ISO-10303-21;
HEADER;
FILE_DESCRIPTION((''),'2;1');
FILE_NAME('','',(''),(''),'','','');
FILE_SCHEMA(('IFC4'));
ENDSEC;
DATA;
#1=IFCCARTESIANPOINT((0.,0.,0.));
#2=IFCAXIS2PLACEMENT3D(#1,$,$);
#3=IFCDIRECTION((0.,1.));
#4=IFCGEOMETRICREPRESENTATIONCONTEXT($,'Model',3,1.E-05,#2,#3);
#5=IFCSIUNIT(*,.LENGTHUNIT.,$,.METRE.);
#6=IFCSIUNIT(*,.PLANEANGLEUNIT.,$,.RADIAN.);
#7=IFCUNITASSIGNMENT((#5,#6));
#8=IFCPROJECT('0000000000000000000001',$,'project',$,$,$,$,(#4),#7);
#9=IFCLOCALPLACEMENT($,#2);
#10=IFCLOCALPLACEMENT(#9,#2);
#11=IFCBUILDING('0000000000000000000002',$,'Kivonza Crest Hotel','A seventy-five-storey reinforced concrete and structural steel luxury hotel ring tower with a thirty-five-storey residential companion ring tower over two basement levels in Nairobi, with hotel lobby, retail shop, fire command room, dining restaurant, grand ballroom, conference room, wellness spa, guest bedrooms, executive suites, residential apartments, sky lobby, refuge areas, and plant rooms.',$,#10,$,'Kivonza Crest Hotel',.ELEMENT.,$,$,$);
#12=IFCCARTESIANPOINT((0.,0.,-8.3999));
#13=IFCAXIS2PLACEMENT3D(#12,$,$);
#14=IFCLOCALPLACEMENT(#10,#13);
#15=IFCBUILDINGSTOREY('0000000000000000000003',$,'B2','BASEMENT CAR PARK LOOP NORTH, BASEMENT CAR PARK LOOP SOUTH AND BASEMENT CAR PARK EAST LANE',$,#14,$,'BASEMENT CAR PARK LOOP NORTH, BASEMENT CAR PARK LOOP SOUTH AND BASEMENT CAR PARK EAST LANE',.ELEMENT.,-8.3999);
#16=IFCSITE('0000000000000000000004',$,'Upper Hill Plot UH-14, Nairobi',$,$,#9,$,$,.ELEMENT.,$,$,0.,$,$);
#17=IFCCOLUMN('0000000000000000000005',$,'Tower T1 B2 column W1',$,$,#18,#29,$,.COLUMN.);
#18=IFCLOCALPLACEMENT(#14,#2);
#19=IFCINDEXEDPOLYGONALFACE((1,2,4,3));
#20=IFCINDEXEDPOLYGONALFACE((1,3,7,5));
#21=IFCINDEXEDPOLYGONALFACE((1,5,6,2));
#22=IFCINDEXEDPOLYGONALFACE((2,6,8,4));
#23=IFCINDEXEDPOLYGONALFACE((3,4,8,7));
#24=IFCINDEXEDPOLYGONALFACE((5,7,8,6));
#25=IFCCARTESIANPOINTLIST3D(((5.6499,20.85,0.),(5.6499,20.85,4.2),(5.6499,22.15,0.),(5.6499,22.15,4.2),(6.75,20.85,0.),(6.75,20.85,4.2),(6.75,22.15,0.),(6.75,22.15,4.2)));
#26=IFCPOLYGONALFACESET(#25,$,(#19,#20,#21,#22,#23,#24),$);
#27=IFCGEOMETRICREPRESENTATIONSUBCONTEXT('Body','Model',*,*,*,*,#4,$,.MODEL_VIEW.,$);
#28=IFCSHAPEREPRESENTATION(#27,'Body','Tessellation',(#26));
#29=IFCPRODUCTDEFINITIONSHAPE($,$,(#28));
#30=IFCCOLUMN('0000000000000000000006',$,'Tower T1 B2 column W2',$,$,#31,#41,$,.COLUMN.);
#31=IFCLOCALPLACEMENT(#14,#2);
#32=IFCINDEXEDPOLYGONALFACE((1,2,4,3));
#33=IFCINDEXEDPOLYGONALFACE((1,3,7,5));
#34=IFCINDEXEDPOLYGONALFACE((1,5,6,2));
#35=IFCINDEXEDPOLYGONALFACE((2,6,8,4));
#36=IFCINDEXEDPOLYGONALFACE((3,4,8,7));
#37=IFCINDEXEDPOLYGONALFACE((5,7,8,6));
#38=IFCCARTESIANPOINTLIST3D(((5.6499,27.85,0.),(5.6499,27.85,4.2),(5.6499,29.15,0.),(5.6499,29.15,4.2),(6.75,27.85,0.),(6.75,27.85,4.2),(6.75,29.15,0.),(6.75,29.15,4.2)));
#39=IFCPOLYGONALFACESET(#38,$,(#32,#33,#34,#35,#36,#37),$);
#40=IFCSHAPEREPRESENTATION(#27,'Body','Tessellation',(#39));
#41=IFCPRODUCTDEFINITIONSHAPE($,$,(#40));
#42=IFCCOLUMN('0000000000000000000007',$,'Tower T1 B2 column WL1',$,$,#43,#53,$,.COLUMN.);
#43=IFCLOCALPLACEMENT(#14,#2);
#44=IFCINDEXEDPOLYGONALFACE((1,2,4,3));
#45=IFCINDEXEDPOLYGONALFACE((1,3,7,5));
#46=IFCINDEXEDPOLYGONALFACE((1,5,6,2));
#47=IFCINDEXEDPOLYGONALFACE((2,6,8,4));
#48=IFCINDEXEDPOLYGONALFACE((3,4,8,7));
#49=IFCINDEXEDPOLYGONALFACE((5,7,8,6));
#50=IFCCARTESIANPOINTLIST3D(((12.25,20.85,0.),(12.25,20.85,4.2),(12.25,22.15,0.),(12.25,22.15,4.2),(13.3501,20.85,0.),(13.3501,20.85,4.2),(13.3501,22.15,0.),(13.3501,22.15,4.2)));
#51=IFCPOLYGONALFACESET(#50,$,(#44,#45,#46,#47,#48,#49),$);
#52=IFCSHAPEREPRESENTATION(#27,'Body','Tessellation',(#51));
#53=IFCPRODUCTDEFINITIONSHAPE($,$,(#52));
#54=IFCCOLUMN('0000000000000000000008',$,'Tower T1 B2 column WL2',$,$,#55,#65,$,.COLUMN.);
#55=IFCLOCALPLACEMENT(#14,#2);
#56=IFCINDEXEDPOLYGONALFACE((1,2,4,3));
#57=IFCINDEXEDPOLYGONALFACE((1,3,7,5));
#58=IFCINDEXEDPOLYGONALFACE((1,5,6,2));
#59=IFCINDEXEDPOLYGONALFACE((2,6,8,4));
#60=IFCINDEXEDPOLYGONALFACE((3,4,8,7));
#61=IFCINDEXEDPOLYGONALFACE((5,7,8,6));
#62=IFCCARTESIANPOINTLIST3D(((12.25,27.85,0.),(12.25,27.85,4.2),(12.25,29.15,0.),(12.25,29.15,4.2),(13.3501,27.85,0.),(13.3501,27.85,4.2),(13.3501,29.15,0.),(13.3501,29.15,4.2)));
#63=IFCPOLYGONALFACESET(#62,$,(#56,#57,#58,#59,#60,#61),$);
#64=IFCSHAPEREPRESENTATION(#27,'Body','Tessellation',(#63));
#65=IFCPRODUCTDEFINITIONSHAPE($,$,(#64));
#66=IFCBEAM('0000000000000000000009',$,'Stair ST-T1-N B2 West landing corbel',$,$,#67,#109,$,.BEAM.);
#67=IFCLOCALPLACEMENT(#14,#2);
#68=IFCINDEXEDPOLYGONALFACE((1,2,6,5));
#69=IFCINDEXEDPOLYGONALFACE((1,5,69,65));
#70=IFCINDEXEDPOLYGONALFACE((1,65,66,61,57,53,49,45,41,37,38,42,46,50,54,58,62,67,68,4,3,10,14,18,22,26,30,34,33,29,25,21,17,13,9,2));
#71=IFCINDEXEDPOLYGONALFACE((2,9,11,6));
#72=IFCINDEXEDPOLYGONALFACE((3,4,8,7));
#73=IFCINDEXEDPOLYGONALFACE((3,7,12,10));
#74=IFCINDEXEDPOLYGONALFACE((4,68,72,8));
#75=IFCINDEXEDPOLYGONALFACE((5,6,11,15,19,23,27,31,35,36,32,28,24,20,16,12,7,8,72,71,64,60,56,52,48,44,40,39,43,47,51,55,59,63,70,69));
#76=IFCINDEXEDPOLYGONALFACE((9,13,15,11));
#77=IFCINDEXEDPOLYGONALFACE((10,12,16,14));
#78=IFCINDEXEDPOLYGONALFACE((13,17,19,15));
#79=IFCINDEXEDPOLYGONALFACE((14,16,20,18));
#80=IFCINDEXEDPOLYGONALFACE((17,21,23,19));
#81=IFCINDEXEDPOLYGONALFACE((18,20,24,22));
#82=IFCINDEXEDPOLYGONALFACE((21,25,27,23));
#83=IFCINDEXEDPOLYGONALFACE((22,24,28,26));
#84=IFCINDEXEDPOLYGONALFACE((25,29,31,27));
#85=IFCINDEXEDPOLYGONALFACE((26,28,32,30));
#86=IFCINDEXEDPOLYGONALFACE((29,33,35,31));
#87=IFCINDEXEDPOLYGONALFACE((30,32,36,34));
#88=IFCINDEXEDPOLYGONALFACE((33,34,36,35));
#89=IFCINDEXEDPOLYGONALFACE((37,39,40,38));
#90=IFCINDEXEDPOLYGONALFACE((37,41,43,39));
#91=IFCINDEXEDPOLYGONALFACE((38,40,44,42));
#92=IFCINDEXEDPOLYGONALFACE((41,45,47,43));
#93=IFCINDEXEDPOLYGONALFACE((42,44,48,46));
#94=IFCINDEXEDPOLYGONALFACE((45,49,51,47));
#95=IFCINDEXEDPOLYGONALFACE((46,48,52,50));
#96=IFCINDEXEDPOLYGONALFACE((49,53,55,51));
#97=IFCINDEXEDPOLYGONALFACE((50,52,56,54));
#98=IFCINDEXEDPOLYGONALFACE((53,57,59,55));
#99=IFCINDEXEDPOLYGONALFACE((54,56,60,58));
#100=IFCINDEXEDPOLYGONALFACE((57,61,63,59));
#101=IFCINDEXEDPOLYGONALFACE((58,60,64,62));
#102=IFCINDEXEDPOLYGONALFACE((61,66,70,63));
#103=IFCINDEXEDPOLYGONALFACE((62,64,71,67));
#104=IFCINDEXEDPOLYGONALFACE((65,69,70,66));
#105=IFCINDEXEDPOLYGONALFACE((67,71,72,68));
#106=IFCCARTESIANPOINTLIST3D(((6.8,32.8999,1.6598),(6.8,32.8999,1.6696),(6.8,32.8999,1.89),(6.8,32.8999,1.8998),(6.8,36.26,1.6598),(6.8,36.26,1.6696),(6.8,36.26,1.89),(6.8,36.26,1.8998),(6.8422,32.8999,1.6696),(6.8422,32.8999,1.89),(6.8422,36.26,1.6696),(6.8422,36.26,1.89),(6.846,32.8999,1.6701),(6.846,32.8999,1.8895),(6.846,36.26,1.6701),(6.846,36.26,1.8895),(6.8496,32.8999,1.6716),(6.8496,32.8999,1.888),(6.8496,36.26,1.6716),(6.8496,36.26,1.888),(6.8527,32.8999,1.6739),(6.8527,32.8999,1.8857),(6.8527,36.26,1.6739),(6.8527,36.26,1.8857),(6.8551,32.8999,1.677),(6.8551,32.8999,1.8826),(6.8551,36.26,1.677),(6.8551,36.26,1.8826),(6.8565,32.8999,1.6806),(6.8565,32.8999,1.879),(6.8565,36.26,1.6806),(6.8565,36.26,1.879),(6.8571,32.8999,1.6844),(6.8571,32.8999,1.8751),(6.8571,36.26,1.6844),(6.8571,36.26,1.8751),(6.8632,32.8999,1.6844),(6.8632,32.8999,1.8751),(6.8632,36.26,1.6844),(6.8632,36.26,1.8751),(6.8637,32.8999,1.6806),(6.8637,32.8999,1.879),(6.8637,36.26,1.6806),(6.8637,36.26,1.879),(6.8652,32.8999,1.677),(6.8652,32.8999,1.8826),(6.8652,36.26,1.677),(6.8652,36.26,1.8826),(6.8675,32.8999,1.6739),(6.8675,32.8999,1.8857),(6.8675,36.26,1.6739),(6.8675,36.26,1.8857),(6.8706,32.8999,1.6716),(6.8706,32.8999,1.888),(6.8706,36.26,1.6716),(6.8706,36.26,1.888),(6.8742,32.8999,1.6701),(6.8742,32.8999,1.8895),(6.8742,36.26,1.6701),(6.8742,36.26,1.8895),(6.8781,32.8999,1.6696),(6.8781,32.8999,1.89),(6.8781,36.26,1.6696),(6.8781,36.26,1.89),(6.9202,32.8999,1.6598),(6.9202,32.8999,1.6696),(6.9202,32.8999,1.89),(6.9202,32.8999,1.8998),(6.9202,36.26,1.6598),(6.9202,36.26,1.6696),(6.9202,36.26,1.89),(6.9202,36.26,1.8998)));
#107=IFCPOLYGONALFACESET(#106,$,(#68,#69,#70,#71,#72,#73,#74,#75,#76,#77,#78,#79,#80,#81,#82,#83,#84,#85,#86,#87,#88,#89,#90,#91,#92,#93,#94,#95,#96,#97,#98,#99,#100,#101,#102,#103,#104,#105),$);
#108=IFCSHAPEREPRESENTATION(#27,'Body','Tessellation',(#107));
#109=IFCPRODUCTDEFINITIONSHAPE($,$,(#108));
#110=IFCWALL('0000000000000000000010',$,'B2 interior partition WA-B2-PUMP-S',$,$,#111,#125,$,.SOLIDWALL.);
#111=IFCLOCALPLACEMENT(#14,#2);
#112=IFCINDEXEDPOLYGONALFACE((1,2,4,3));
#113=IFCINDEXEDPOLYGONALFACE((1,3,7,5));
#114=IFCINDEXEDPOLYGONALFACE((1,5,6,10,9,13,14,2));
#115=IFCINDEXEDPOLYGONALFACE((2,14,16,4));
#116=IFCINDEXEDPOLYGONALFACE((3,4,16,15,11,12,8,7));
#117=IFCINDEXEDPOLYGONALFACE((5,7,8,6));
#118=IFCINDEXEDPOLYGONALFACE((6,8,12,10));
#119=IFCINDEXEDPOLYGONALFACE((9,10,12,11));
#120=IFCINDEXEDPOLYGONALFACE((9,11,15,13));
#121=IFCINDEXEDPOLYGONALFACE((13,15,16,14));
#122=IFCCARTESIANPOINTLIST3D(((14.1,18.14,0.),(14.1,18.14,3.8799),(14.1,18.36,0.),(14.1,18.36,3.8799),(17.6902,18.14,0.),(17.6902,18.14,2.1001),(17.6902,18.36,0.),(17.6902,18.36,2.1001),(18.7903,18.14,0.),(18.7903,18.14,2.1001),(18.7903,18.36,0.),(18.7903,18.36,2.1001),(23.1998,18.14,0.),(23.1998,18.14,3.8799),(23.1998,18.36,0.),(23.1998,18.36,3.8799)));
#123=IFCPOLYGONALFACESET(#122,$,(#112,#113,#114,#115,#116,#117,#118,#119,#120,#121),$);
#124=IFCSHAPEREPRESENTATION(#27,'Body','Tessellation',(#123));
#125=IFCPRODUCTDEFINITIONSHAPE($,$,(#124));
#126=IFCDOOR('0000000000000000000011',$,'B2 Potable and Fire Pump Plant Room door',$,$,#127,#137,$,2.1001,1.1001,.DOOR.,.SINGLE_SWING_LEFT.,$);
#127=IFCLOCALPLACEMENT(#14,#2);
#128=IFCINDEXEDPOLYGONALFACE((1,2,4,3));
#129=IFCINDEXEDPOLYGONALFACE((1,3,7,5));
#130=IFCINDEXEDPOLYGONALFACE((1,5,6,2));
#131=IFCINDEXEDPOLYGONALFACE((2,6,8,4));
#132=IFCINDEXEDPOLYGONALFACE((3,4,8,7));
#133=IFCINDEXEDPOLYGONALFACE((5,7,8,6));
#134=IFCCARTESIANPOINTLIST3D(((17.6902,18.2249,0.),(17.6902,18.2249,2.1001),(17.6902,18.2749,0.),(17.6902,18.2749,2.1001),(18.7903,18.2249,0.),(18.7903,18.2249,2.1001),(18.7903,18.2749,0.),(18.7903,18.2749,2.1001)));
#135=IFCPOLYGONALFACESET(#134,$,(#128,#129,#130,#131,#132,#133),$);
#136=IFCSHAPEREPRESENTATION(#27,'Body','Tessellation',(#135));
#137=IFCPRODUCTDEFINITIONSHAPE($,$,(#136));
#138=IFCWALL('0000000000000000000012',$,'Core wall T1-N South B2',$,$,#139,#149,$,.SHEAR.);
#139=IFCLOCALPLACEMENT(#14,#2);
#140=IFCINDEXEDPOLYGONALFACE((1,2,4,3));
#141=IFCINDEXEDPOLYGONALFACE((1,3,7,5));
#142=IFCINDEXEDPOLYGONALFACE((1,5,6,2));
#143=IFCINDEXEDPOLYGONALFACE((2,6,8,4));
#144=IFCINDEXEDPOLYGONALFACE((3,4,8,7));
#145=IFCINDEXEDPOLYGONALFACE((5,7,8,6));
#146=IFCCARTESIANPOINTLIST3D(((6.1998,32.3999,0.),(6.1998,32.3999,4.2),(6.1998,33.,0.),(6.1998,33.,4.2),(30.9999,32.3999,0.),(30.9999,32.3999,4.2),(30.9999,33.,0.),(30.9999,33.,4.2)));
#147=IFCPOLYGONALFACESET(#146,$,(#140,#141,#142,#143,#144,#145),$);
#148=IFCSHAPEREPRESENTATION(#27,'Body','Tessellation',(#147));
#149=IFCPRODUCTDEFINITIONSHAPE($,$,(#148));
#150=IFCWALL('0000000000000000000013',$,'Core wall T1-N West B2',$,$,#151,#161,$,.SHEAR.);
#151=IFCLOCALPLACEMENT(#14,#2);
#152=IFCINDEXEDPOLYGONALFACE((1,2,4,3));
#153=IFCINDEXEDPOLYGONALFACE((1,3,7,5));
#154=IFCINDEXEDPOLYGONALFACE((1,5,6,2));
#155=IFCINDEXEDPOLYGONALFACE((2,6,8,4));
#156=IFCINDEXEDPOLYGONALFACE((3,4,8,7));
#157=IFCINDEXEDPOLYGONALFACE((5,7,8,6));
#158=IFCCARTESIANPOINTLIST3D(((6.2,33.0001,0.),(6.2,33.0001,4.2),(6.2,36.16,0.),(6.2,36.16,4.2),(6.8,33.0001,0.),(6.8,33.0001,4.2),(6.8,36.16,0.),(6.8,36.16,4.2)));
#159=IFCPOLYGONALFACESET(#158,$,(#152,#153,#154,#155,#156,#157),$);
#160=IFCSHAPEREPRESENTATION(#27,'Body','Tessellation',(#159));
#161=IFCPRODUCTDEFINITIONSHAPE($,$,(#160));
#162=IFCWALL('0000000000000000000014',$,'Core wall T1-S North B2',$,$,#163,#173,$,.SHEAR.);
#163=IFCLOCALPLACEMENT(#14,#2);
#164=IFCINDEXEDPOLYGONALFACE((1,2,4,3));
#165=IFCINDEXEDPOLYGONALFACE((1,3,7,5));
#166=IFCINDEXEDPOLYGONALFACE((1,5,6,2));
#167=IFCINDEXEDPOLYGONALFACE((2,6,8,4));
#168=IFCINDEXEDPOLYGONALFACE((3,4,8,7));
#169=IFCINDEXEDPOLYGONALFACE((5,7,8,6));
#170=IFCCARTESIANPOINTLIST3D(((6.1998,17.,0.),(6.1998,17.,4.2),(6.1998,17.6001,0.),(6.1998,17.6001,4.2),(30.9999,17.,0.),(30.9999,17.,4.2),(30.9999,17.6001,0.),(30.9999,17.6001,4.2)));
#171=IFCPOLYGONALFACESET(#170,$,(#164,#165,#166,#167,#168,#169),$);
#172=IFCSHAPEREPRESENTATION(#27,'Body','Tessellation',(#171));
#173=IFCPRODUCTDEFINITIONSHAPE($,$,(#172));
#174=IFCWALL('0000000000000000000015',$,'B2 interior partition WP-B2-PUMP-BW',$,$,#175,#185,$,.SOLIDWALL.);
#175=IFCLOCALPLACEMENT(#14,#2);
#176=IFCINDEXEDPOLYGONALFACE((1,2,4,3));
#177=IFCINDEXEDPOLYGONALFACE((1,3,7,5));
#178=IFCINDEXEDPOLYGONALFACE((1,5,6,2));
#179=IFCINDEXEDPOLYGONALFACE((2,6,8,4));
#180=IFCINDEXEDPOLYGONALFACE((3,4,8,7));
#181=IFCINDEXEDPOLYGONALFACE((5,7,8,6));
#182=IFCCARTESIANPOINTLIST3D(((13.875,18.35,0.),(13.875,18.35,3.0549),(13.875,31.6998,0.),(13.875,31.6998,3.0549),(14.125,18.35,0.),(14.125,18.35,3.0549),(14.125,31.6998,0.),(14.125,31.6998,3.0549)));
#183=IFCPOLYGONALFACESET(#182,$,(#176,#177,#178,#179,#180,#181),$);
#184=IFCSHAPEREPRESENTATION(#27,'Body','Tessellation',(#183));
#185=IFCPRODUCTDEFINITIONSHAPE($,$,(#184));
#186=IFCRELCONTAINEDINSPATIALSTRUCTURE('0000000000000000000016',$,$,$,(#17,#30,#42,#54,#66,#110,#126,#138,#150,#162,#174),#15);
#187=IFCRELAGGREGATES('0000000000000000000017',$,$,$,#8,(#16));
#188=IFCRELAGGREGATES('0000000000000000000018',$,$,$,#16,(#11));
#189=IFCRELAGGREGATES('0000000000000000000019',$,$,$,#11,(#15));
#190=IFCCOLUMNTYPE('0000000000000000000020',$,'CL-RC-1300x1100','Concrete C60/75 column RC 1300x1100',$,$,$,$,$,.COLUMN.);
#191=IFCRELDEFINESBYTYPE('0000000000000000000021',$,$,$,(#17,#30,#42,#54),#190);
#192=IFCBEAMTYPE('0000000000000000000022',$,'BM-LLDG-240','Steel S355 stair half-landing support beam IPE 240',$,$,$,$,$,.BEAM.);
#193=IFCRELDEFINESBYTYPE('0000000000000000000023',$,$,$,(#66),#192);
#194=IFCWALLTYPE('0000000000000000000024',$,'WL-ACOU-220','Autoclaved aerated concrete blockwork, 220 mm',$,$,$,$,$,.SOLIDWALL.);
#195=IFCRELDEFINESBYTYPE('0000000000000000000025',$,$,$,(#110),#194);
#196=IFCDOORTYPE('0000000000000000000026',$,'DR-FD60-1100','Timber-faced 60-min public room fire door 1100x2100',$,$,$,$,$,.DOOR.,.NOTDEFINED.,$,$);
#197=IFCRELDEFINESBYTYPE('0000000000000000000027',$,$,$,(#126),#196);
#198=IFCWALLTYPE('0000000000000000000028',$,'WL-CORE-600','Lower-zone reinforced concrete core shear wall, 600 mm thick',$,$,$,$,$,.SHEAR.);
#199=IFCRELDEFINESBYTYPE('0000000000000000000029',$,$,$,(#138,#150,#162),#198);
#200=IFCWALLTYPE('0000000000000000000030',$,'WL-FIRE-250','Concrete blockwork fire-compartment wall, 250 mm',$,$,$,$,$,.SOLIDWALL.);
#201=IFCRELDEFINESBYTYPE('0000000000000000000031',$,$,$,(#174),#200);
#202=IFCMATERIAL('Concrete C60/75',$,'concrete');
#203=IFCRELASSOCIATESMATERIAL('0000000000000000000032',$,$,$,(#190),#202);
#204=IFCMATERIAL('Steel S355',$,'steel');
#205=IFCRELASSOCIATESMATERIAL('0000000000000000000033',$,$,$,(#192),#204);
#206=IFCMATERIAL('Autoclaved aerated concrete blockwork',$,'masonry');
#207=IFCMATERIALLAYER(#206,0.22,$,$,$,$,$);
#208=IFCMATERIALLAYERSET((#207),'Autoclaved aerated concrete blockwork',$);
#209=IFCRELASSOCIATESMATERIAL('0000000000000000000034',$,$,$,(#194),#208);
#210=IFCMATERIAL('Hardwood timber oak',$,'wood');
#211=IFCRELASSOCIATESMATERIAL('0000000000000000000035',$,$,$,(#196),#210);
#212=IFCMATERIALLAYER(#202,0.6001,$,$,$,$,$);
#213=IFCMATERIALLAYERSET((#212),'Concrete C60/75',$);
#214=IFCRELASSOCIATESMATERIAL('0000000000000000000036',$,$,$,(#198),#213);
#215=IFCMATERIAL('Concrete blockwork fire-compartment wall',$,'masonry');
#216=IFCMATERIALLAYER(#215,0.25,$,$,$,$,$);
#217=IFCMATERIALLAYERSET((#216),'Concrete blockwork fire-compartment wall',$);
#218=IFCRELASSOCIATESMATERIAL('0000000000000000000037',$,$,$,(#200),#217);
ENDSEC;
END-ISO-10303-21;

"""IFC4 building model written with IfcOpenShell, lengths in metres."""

from ifc_helpers import new_model, si_unit, direction, frame, frame_2d, origin, origin_2d, place, context, subcontext, project, spatial, rectangle, i_section, extrude, material, layer, layer_set, material_profile, profile_set, type_object, element, fill, save


model = new_model("IFC4")

# Units and contexts
model_context = context("Model", 3, precision=1e-05, world=origin(), true_north=direction((0.0, 1.0)))
body_context = subcontext(model_context, "Body", "Model", "MODEL_VIEW")
ifc_project = project(units=[si_unit("LENGTHUNIT", "METRE"), si_unit("PLANEANGLEUNIT", "RADIAN")], contexts=[model_context])

# Site, building, storey
site_placement = place(None, origin())
site = spatial("IfcSite", under=ifc_project, at=site_placement, Name="Upper Hill Plot UH-14, Nairobi", CompositionType="ELEMENT", RefElevation=0.0)
building_placement = place(site_placement, origin())
building = spatial("IfcBuilding", under=site, at=building_placement, Name="Kivonza Crest Hotel", Description="A seventy-five-storey reinforced concrete and structural steel luxury hotel ring tower with a thirty-five-storey residential companion ring tower over two basement levels in Nairobi, with hotel lobby, retail shop, fire command room, dining restaurant, grand ballroom, conference room, wellness spa, guest bedrooms, executive suites, residential apartments, sky lobby, refuge areas, and plant rooms.", LongName="Kivonza Crest Hotel", CompositionType="ELEMENT")
storey_placement = place(building_placement, frame((0.0, 0.0, -8.3999)))
storey = spatial("IfcBuildingStorey", under=building, at=storey_placement, Name="B2", Description="BASEMENT CAR PARK LOOP NORTH, BASEMENT CAR PARK LOOP SOUTH AND BASEMENT CAR PARK EAST LANE", LongName="BASEMENT CAR PARK LOOP NORTH, BASEMENT CAR PARK LOOP SOUTH AND BASEMENT CAR PARK EAST LANE", CompositionType="ELEMENT", Elevation=-8.3999)

# Columns
ifc_material_1 = material(Name="Concrete C60/75", Category="concrete")
ifc_material_profile_1 = material_profile(ifc_material_1, rectangle(XDim=1.1001, YDim=1.3, at=origin_2d()), Name="RC 1300x1100")
ifc_profile_set_1 = profile_set([ifc_material_profile_1], Name="Concrete C60/75")
column_type_1 = type_object("IfcColumnType", Name="CL-RC-1300x1100", Description="Concrete C60/75 column RC 1300x1100", PredefinedType="COLUMN", material=ifc_profile_set_1)
for number, where, z_axis, x_axis, name in (
    (1, (6.2, 21.5, 0.0), (0.0, 0.0, 1.0), (1.0, 0.0, 0.0), "Tower T1 B2 column W1"),
    (2, (6.2, 28.5, 0.0), (0.0, 0.0, 1.0), (1.0, 0.0, 0.0), "Tower T1 B2 column W2"),
    (3, (12.8, 21.5, 0.0), (0.0, 0.0, 1.0), (1.0, 0.0, 0.0), "Tower T1 B2 column WL1"),
    (4, (12.8, 28.5, 0.0), (0.0, 0.0, 1.0), (1.0, 0.0, 0.0), "Tower T1 B2 column WL2"),
):
    element("IfcColumn", number, at=place(storey_placement, frame(where, z_axis=z_axis, x_axis=x_axis)), inside=storey, type_object=column_type_1, Name=name, PredefinedType="COLUMN", context=body_context, shape_type="SweptSolid", body=[
        extrude(rectangle(XDim=1.1001, YDim=1.3, at=origin_2d()), origin(), (0.0, 0.0, 1.0), 4.2),
    ])

# Beam
ifc_material_2 = material(Name="Steel S355", Category="steel")
ifc_material_profile_2 = material_profile(ifc_material_2, i_section(OverallWidth=0.1201, OverallDepth=0.24, WebThickness=0.0061, FlangeThickness=0.0098, FilletRadius=0.0149, at=origin_2d()), Name="IPE 240")
ifc_profile_set_2 = profile_set([ifc_material_profile_2], Name="Steel S355")
beam_type = type_object("IfcBeamType", Name="BM-LLDG-240", Description="Steel S355 stair half-landing support beam IPE 240", PredefinedType="BEAM", material=ifc_profile_set_2)
beam_placement = place(storey_placement, frame((6.8601, 32.8999, 1.7798), z_axis=(0.0, 1.0, 0.0), x_axis=(-1.0, 0.0, 0.0)))
element("IfcBeam", 5, at=beam_placement, inside=storey, type_object=beam_type, Name="Stair ST-T1-N B2 West landing corbel", PredefinedType="BEAM", context=body_context, shape_type="SweptSolid", body=[
    extrude(i_section(OverallWidth=0.1201, OverallDepth=0.24, WebThickness=0.0061, FlangeThickness=0.0098, FilletRadius=0.0149, at=origin_2d()), origin(), (0.0, 0.0, 1.0), 3.3601),
])

# Wall, opening, door
ifc_material_3 = material(Name="Autoclaved aerated concrete blockwork", Category="masonry")
ifc_layer_1 = layer(ifc_material_3, 0.22)
ifc_layer_set_1 = layer_set([ifc_layer_1], Name="Autoclaved aerated concrete blockwork")
wall_type_1 = type_object("IfcWallType", Name="WL-ACOU-220", Description="Autoclaved aerated concrete blockwork, 220 mm", PredefinedType="SOLIDWALL", material=ifc_layer_set_1)
wall_1_placement = place(storey_placement, frame((14.1001, 18.25, 0.0), z_axis=(0.0, 0.0, 1.0), x_axis=(1.0, 0.0, 0.0)))
wall_1 = element("IfcWall", 6, at=wall_1_placement, inside=storey, type_object=wall_type_1, Name="B2 interior partition WA-B2-PUMP-S", PredefinedType="SOLIDWALL", context=body_context, shape_type="SweptSolid", body=[
    extrude(rectangle(XDim=9.0999, YDim=0.22, at=frame_2d((4.5498, 0.0))), origin(), (0.0, 0.0, 1.0), 3.8799),
])
opening_placement = place(wall_1_placement, frame((3.5901, 0.0, 0.0)))
opening = element("IfcOpeningElement", 7, at=opening_placement, cuts=wall_1, PredefinedType="OPENING", context=body_context, shape_type="SweptSolid", body=[
    extrude(rectangle(XDim=1.1001, YDim=2.1001, at=frame_2d((0.55, 1.05))), frame((0.0, 0.1201, 0.0), z_axis=(0.0, -1.0, 0.0), x_axis=(1.0, 0.0, 0.0)), (0.0, 0.0, 1.0), 0.24),
])
ifc_material_4 = material(Name="Hardwood timber oak", Category="wood")
door_type = type_object("IfcDoorType", Name="DR-FD60-1100", Description="Timber-faced 60-min public room fire door 1100x2100", OperationType="NOTDEFINED", PredefinedType="DOOR", material=ifc_material_4)
door_placement = place(opening_placement, origin())
door = element("IfcDoor", 8, at=door_placement, inside=storey, type_object=door_type, Name="B2 Potable and Fire Pump Plant Room door", OperationType="SINGLE_SWING_LEFT", OverallHeight=2.1001, OverallWidth=1.1001, PredefinedType="DOOR", context=body_context, shape_type="SweptSolid", body=[
    extrude(rectangle(XDim=1.1001, YDim=2.1001, at=frame_2d((0.55, 1.05))), frame((0.0, 0.0249, 0.0), z_axis=(0.0, -1.0, 0.0), x_axis=(1.0, 0.0, 0.0)), (0.0, 0.0, 1.0), 0.05),
])
fill(opening, door)

# Walls
ifc_layer_2 = layer(ifc_material_1, 0.6001)
ifc_layer_set_2 = layer_set([ifc_layer_2], Name="Concrete C60/75")
wall_type_2 = type_object("IfcWallType", Name="WL-CORE-600", Description="Lower-zone reinforced concrete core shear wall, 600 mm thick", PredefinedType="SHEAR", material=ifc_layer_set_2)
wall_2_placement = place(storey_placement, frame((6.2, 32.7, 0.0), z_axis=(0.0, 0.0, 1.0), x_axis=(1.0, 0.0, 0.0)))
element("IfcWall", 9, at=wall_2_placement, inside=storey, type_object=wall_type_2, Name="Core wall T1-N South B2", PredefinedType="SHEAR", context=body_context, shape_type="SweptSolid", body=[
    extrude(rectangle(XDim=24.8, YDim=0.6001, at=frame_2d((12.3999, 0.0))), origin(), (0.0, 0.0, 1.0), 4.2),
])
wall_3_placement = place(storey_placement, frame((6.5, 33.0, 0.0), z_axis=(0.0, 0.0, 1.0), x_axis=(0.0, 1.0, 0.0)))
element("IfcWall", 10, at=wall_3_placement, inside=storey, type_object=wall_type_2, Name="Core wall T1-N West B2", PredefinedType="SHEAR", context=body_context, shape_type="SweptSolid", body=[
    extrude(rectangle(XDim=3.1599, YDim=0.6001, at=frame_2d((1.5801, 0.0))), origin(), (0.0, 0.0, 1.0), 4.2),
])
wall_4_placement = place(storey_placement, frame((6.2, 17.3, 0.0), z_axis=(0.0, 0.0, 1.0), x_axis=(1.0, 0.0, 0.0)))
element("IfcWall", 11, at=wall_4_placement, inside=storey, type_object=wall_type_2, Name="Core wall T1-S North B2", PredefinedType="SHEAR", context=body_context, shape_type="SweptSolid", body=[
    extrude(rectangle(XDim=24.8, YDim=0.6001, at=frame_2d((12.3999, 0.0))), origin(), (0.0, 0.0, 1.0), 4.2),
])
ifc_material_5 = material(Name="Concrete blockwork fire-compartment wall", Category="masonry")
ifc_layer_3 = layer(ifc_material_5, 0.25)
ifc_layer_set_3 = layer_set([ifc_layer_3], Name="Concrete blockwork fire-compartment wall")
wall_type_3 = type_object("IfcWallType", Name="WL-FIRE-250", Description="Concrete blockwork fire-compartment wall, 250 mm", PredefinedType="SOLIDWALL", material=ifc_layer_set_3)
wall_5_placement = place(storey_placement, frame((14.0, 18.3501, 0.0), z_axis=(0.0, 0.0, 1.0), x_axis=(0.0, 1.0, 0.0)))
element("IfcWall", 12, at=wall_5_placement, inside=storey, type_object=wall_type_3, Name="B2 interior partition WP-B2-PUMP-BW", PredefinedType="SOLIDWALL", context=body_context, shape_type="SweptSolid", body=[
    extrude(rectangle(XDim=13.3499, YDim=0.25, at=frame_2d((6.6748, 0.0))), origin(), (0.0, 0.0, 1.0), 3.0549),
])

save(model, "model.ifc")
